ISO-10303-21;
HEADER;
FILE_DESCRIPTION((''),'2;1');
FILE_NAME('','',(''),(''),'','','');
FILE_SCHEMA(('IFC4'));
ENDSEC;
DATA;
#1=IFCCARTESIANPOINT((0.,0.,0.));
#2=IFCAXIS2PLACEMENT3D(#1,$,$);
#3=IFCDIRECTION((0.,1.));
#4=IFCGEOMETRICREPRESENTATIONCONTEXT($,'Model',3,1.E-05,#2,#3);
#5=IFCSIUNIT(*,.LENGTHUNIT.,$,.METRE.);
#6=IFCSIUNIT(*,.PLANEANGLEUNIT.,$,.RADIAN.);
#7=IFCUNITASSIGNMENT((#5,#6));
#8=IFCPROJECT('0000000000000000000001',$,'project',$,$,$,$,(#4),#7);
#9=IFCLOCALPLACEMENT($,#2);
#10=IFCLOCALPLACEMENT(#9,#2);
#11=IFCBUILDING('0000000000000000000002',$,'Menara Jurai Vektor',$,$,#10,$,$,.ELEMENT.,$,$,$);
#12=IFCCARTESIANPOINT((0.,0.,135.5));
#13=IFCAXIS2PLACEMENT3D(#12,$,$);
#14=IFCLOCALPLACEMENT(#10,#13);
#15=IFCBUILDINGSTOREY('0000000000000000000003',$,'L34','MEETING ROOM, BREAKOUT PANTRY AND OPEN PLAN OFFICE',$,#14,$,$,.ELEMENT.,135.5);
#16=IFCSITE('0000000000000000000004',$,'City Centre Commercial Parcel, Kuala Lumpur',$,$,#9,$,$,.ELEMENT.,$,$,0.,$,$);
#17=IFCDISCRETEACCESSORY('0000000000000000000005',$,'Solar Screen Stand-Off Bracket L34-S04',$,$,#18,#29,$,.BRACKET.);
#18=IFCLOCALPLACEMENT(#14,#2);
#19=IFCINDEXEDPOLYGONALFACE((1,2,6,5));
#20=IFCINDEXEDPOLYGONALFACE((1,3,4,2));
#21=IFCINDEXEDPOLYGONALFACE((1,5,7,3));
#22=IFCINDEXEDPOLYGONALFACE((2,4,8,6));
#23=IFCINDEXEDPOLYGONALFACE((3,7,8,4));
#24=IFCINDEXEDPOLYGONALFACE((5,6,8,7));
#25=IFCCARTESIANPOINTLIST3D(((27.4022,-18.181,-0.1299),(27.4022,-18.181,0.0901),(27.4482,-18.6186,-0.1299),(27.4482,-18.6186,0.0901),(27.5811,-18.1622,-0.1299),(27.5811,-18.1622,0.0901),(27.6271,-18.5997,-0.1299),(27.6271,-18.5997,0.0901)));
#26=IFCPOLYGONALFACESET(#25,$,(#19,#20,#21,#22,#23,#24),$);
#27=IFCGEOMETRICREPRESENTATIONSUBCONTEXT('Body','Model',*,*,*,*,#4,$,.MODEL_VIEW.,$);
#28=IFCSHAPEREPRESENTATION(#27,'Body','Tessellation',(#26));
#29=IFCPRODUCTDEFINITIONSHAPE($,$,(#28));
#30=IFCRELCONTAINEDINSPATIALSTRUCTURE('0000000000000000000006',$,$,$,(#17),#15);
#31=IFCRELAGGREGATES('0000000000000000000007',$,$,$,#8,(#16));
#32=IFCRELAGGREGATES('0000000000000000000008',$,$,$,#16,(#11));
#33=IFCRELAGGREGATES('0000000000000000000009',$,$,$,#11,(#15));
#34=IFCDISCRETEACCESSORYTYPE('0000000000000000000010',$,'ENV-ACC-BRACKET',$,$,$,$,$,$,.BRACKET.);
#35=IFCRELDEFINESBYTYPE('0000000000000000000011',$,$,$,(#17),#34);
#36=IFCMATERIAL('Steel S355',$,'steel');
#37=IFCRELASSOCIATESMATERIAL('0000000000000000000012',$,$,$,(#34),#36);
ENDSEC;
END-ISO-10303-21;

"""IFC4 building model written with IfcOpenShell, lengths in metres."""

from ifc_helpers import new_model, si_unit, direction, frame, origin, origin_2d, place, context, subcontext, project, spatial, rectangle, extrude, material, type_object, element, save


model = new_model("IFC4")

# Units and contexts
model_context = context("Model", 3, precision=1e-05, world=origin(), true_north=direction((0.0, 1.0)))
body_context = subcontext(model_context, "Body", "Model", "MODEL_VIEW")
ifc_project = project(units=[si_unit("LENGTHUNIT", "METRE"), si_unit("PLANEANGLEUNIT", "RADIAN")], contexts=[model_context])

# Site, building, storey
site_placement = place(None, origin())
site = spatial("IfcSite", under=ifc_project, at=site_placement, Name="City Centre Commercial Parcel, Kuala Lumpur", CompositionType="ELEMENT", RefElevation=0.0)
building_placement = place(site_placement, origin())
building = spatial("IfcBuilding", under=site, at=building_placement, Name="Menara Jurai Vektor", CompositionType="ELEMENT")
storey_placement = place(building_placement, frame((0.0, 0.0, 135.5)))
storey = spatial("IfcBuildingStorey", under=building, at=storey_placement, Name="L34", Description="MEETING ROOM, BREAKOUT PANTRY AND OPEN PLAN OFFICE", CompositionType="ELEMENT", Elevation=135.5)

# Shared definitions
ifc_material_1 = material(Name="Steel S355", Category="steel")

# Discrete accessory
discrete_accessory_type = type_object("IfcDiscreteAccessoryType", Name="ENV-ACC-BRACKET", PredefinedType="BRACKET", material=ifc_material_1)
discrete_accessory_placement = place(storey_placement, frame((27.5146, -18.3904, -0.1299), z_axis=(0.0, 0.0, 1.0), x_axis=(0.994522, 0.104528, 0.0)))
element("IfcDiscreteAccessory", 1, at=discrete_accessory_placement, inside=storey, type_object=discrete_accessory_type, Name="Solar Screen Stand-Off Bracket L34-S04", PredefinedType="BRACKET", context=body_context, shape_type="SweptSolid", body=[
    extrude(rectangle(XDim=0.1799, YDim=0.4399, at=origin_2d()), origin(), (0.0, 0.0, 1.0), 0.22),
])

save(model, "model.ifc")
